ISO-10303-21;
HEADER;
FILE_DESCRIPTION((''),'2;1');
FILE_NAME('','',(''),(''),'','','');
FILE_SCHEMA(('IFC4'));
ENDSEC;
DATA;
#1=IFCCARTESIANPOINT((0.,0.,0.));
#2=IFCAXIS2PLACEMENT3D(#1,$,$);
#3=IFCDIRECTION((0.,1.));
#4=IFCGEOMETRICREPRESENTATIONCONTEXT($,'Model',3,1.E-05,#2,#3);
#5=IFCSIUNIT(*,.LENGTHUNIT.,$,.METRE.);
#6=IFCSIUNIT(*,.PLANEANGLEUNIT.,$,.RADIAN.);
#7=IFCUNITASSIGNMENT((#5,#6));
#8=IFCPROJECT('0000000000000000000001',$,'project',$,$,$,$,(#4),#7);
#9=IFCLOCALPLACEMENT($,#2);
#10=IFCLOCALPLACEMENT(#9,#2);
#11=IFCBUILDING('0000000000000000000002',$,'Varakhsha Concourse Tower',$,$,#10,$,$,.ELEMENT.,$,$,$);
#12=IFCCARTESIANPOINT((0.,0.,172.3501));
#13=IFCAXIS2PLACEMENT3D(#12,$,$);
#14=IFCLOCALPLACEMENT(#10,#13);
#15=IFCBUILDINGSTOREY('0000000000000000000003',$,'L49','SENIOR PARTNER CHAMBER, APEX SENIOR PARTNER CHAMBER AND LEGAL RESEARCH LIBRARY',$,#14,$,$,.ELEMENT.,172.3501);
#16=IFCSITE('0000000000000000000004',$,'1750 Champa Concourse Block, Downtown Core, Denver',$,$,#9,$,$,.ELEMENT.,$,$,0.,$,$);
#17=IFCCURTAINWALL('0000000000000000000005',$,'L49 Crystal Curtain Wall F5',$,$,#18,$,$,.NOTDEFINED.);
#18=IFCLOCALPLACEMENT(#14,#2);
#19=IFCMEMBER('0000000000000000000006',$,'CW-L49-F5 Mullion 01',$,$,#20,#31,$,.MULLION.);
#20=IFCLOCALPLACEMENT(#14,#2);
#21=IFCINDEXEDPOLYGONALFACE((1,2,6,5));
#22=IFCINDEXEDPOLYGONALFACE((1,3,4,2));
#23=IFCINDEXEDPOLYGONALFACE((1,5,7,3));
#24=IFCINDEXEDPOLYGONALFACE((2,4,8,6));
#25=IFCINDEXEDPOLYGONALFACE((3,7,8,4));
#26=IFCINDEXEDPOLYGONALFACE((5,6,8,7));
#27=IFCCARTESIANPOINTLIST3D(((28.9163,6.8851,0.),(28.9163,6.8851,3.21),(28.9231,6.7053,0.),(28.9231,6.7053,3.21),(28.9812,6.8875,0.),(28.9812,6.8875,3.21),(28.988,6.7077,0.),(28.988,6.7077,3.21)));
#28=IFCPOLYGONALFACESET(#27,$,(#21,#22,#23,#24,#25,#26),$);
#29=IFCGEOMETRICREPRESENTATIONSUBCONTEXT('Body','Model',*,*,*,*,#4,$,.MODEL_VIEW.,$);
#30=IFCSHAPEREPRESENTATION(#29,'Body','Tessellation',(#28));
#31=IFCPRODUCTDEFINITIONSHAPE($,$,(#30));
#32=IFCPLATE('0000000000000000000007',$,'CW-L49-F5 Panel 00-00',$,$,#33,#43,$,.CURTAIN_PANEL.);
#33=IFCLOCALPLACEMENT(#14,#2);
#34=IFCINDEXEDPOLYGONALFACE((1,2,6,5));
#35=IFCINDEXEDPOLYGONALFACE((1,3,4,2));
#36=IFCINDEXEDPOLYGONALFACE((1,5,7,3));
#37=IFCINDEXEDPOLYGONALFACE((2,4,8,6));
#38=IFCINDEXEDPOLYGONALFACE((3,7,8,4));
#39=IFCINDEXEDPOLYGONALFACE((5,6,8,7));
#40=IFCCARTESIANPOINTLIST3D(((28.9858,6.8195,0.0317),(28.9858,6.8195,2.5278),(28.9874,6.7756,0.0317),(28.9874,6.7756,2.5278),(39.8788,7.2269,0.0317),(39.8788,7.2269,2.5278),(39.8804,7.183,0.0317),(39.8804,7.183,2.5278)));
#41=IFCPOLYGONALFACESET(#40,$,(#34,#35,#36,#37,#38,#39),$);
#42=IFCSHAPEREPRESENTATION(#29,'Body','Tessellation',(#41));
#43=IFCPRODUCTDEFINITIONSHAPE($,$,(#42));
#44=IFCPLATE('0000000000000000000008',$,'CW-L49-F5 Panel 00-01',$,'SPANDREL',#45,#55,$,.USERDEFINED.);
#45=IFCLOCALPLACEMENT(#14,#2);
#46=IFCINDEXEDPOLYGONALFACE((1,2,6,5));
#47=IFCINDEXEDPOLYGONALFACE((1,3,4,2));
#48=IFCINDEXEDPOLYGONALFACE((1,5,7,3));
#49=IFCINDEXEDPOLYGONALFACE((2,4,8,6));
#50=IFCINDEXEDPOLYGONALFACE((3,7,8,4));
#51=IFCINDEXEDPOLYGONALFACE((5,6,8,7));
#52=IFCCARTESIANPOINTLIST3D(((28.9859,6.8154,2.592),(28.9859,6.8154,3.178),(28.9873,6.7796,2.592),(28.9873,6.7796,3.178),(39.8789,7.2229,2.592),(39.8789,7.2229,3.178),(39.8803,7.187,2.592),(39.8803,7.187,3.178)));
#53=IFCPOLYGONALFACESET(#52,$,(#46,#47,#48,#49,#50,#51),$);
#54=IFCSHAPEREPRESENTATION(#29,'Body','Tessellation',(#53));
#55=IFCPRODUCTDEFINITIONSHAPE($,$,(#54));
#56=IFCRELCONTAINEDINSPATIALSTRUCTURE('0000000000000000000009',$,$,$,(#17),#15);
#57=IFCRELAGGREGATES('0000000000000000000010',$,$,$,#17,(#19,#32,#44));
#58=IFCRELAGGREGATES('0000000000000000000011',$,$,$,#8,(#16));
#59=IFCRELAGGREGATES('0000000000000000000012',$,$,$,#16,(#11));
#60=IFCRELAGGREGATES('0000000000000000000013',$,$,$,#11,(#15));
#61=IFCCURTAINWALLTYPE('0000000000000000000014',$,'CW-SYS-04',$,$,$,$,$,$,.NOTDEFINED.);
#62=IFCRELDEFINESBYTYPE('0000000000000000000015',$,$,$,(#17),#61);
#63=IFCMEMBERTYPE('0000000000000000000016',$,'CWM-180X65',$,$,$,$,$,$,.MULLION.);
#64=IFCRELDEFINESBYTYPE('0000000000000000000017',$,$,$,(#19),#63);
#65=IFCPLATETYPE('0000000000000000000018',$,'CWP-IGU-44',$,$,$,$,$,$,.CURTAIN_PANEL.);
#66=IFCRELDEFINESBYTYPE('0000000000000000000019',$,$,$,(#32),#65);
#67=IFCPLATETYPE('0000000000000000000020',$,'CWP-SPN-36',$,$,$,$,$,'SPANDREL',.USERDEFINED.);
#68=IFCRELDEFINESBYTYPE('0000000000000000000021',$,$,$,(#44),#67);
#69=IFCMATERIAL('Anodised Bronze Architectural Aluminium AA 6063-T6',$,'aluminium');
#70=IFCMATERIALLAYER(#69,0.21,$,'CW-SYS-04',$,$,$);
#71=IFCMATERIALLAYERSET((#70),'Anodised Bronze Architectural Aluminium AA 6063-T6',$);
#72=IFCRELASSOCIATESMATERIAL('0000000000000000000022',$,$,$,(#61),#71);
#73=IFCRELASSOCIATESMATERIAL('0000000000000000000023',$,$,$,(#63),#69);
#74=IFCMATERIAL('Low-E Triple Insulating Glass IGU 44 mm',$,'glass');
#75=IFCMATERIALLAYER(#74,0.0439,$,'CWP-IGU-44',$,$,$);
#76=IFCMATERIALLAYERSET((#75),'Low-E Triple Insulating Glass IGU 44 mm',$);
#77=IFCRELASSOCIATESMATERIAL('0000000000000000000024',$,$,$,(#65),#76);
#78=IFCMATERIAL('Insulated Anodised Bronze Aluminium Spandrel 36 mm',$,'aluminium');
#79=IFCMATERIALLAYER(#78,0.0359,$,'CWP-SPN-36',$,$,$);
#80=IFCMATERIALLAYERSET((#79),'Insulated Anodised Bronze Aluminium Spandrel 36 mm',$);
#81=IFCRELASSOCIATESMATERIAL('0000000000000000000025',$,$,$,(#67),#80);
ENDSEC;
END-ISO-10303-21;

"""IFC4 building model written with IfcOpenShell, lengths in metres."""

from ifc_helpers import new_model, si_unit, direction, frame, origin, origin_2d, place, context, subcontext, project, spatial, rectangle, extrude, source, transform, mapped, material, layer, layer_set, material_profile, profile_set, type_object, type_shapes, element, aggregate, save


model = new_model("IFC4")

# Units and contexts
model_context = context("Model", 3, precision=1e-05, world=origin(), true_north=direction((0.0, 1.0)))
body_context = subcontext(model_context, "Body", "Model", "MODEL_VIEW")
ifc_project = project(units=[si_unit("LENGTHUNIT", "METRE"), si_unit("PLANEANGLEUNIT", "RADIAN")], contexts=[model_context])

# Site, building, storey
site_placement = place(None, origin())
site = spatial("IfcSite", under=ifc_project, at=site_placement, Name="1750 Champa Concourse Block, Downtown Core, Denver", CompositionType="ELEMENT", RefElevation=0.0)
building_placement = place(site_placement, origin())
building = spatial("IfcBuilding", under=site, at=building_placement, Name="Varakhsha Concourse Tower", CompositionType="ELEMENT")
storey_placement = place(building_placement, frame((0.0, 0.0, 172.3501)))
storey = spatial("IfcBuildingStorey", under=building, at=storey_placement, Name="L49", Description="SENIOR PARTNER CHAMBER, APEX SENIOR PARTNER CHAMBER AND LEGAL RESEARCH LIBRARY", CompositionType="ELEMENT", Elevation=172.3501)

# Curtain wall, member, plates
ifc_material_1 = material(Name="Anodised Bronze Architectural Aluminium AA 6063-T6", Category="aluminium")
ifc_layer_1 = layer(ifc_material_1, 0.21, Name="CW-SYS-04")
ifc_layer_set_1 = layer_set([ifc_layer_1], Name="Anodised Bronze Architectural Aluminium AA 6063-T6")
curtain_wall_type = type_object("IfcCurtainWallType", Name="CW-SYS-04", PredefinedType="NOTDEFINED", material=ifc_layer_set_1)
curtain_wall_placement = place(storey_placement, origin())
curtain_wall = element("IfcCurtainWall", 1, at=curtain_wall_placement, inside=storey, type_object=curtain_wall_type, Name="L49 Crystal Curtain Wall F5", PredefinedType="NOTDEFINED")
ifc_material_profile_1 = material_profile(ifc_material_1, rectangle(XDim=0.0649, YDim=0.1799, at=origin_2d()), Name="CWM-180X65")
ifc_profile_set_1 = profile_set([ifc_material_profile_1], Name="Anodised Bronze Architectural Aluminium AA 6063-T6")
member_type = type_object("IfcMemberType", Name="CWM-180X65", PredefinedType="MULLION", material=ifc_profile_set_1)
shared_shape_1 = source(origin(), body_context, "Body", "SweptSolid", [
    extrude(rectangle(XDim=0.0649, YDim=0.1799, at=origin_2d()), origin(), (0.0, 0.0, 1.0), 3.21),
])
type_shapes(member_type, [shared_shape_1])
member_placement = place(storey_placement, frame((28.9521, 6.7964, 0.0), z_axis=(0.0, 0.0, 1.0), x_axis=(-0.999301, -0.037376, 0.0)))
member = element("IfcMember", 2, at=member_placement, type_object=member_type, Name="CW-L49-F5 Mullion 01", PredefinedType="MULLION", context=body_context, shape_type="MappedRepresentation", body=[
    mapped(shared_shape_1, transform((0.0, 0.0, 0.0), scale=1.0)),
])
ifc_material_2 = material(Name="Low-E Triple Insulating Glass IGU 44 mm", Category="glass")
ifc_layer_2 = layer(ifc_material_2, 0.0439, Name="CWP-IGU-44")
ifc_layer_set_2 = layer_set([ifc_layer_2], Name="Low-E Triple Insulating Glass IGU 44 mm")
plate_type_1 = type_object("IfcPlateType", Name="CWP-IGU-44", PredefinedType="CURTAIN_PANEL", material=ifc_layer_set_2)
shared_shape_2 = source(origin(), body_context, "Body", "SweptSolid", [
    extrude(rectangle(XDim=10.9006, YDim=0.0439, at=origin_2d()), origin(), (0.0, 0.0, 1.0), 2.4961),
])
type_shapes(plate_type_1, [shared_shape_2])
plate_1_placement = place(storey_placement, frame((34.4331, 7.0012, 0.0317), z_axis=(0.0, 0.0, 1.0), x_axis=(-0.999301, -0.037376, 0.0)))
plate_1 = element("IfcPlate", 3, at=plate_1_placement, type_object=plate_type_1, Name="CW-L49-F5 Panel 00-00", PredefinedType="CURTAIN_PANEL", context=body_context, shape_type="MappedRepresentation", body=[
    mapped(shared_shape_2, transform((0.0, 0.0, 0.0), scale=1.0)),
])
ifc_material_3 = material(Name="Insulated Anodised Bronze Aluminium Spandrel 36 mm", Category="aluminium")
ifc_layer_3 = layer(ifc_material_3, 0.0359, Name="CWP-SPN-36")
ifc_layer_set_3 = layer_set([ifc_layer_3], Name="Insulated Anodised Bronze Aluminium Spandrel 36 mm")
plate_type_2 = type_object("IfcPlateType", Name="CWP-SPN-36", ElementType="SPANDREL", PredefinedType="USERDEFINED", material=ifc_layer_set_3)
shared_shape_3 = source(origin(), body_context, "Body", "SweptSolid", [
    extrude(rectangle(XDim=10.9006, YDim=0.0359, at=origin_2d()), origin(), (0.0, 0.0, 1.0), 0.5859),
])
type_shapes(plate_type_2, [shared_shape_3])
plate_2_placement = place(storey_placement, frame((34.4331, 7.0012, 2.592), z_axis=(0.0, 0.0, 1.0), x_axis=(-0.999301, -0.037376, 0.0)))
plate_2 = element("IfcPlate", 4, at=plate_2_placement, type_object=plate_type_2, Name="CW-L49-F5 Panel 00-01", ObjectType="SPANDREL", PredefinedType="USERDEFINED", context=body_context, shape_type="MappedRepresentation", body=[
    mapped(shared_shape_3, transform((0.0, 0.0, 0.0), scale=1.0)),
])
aggregate(curtain_wall, [member, plate_1, plate_2])

save(model, "model.ifc")
